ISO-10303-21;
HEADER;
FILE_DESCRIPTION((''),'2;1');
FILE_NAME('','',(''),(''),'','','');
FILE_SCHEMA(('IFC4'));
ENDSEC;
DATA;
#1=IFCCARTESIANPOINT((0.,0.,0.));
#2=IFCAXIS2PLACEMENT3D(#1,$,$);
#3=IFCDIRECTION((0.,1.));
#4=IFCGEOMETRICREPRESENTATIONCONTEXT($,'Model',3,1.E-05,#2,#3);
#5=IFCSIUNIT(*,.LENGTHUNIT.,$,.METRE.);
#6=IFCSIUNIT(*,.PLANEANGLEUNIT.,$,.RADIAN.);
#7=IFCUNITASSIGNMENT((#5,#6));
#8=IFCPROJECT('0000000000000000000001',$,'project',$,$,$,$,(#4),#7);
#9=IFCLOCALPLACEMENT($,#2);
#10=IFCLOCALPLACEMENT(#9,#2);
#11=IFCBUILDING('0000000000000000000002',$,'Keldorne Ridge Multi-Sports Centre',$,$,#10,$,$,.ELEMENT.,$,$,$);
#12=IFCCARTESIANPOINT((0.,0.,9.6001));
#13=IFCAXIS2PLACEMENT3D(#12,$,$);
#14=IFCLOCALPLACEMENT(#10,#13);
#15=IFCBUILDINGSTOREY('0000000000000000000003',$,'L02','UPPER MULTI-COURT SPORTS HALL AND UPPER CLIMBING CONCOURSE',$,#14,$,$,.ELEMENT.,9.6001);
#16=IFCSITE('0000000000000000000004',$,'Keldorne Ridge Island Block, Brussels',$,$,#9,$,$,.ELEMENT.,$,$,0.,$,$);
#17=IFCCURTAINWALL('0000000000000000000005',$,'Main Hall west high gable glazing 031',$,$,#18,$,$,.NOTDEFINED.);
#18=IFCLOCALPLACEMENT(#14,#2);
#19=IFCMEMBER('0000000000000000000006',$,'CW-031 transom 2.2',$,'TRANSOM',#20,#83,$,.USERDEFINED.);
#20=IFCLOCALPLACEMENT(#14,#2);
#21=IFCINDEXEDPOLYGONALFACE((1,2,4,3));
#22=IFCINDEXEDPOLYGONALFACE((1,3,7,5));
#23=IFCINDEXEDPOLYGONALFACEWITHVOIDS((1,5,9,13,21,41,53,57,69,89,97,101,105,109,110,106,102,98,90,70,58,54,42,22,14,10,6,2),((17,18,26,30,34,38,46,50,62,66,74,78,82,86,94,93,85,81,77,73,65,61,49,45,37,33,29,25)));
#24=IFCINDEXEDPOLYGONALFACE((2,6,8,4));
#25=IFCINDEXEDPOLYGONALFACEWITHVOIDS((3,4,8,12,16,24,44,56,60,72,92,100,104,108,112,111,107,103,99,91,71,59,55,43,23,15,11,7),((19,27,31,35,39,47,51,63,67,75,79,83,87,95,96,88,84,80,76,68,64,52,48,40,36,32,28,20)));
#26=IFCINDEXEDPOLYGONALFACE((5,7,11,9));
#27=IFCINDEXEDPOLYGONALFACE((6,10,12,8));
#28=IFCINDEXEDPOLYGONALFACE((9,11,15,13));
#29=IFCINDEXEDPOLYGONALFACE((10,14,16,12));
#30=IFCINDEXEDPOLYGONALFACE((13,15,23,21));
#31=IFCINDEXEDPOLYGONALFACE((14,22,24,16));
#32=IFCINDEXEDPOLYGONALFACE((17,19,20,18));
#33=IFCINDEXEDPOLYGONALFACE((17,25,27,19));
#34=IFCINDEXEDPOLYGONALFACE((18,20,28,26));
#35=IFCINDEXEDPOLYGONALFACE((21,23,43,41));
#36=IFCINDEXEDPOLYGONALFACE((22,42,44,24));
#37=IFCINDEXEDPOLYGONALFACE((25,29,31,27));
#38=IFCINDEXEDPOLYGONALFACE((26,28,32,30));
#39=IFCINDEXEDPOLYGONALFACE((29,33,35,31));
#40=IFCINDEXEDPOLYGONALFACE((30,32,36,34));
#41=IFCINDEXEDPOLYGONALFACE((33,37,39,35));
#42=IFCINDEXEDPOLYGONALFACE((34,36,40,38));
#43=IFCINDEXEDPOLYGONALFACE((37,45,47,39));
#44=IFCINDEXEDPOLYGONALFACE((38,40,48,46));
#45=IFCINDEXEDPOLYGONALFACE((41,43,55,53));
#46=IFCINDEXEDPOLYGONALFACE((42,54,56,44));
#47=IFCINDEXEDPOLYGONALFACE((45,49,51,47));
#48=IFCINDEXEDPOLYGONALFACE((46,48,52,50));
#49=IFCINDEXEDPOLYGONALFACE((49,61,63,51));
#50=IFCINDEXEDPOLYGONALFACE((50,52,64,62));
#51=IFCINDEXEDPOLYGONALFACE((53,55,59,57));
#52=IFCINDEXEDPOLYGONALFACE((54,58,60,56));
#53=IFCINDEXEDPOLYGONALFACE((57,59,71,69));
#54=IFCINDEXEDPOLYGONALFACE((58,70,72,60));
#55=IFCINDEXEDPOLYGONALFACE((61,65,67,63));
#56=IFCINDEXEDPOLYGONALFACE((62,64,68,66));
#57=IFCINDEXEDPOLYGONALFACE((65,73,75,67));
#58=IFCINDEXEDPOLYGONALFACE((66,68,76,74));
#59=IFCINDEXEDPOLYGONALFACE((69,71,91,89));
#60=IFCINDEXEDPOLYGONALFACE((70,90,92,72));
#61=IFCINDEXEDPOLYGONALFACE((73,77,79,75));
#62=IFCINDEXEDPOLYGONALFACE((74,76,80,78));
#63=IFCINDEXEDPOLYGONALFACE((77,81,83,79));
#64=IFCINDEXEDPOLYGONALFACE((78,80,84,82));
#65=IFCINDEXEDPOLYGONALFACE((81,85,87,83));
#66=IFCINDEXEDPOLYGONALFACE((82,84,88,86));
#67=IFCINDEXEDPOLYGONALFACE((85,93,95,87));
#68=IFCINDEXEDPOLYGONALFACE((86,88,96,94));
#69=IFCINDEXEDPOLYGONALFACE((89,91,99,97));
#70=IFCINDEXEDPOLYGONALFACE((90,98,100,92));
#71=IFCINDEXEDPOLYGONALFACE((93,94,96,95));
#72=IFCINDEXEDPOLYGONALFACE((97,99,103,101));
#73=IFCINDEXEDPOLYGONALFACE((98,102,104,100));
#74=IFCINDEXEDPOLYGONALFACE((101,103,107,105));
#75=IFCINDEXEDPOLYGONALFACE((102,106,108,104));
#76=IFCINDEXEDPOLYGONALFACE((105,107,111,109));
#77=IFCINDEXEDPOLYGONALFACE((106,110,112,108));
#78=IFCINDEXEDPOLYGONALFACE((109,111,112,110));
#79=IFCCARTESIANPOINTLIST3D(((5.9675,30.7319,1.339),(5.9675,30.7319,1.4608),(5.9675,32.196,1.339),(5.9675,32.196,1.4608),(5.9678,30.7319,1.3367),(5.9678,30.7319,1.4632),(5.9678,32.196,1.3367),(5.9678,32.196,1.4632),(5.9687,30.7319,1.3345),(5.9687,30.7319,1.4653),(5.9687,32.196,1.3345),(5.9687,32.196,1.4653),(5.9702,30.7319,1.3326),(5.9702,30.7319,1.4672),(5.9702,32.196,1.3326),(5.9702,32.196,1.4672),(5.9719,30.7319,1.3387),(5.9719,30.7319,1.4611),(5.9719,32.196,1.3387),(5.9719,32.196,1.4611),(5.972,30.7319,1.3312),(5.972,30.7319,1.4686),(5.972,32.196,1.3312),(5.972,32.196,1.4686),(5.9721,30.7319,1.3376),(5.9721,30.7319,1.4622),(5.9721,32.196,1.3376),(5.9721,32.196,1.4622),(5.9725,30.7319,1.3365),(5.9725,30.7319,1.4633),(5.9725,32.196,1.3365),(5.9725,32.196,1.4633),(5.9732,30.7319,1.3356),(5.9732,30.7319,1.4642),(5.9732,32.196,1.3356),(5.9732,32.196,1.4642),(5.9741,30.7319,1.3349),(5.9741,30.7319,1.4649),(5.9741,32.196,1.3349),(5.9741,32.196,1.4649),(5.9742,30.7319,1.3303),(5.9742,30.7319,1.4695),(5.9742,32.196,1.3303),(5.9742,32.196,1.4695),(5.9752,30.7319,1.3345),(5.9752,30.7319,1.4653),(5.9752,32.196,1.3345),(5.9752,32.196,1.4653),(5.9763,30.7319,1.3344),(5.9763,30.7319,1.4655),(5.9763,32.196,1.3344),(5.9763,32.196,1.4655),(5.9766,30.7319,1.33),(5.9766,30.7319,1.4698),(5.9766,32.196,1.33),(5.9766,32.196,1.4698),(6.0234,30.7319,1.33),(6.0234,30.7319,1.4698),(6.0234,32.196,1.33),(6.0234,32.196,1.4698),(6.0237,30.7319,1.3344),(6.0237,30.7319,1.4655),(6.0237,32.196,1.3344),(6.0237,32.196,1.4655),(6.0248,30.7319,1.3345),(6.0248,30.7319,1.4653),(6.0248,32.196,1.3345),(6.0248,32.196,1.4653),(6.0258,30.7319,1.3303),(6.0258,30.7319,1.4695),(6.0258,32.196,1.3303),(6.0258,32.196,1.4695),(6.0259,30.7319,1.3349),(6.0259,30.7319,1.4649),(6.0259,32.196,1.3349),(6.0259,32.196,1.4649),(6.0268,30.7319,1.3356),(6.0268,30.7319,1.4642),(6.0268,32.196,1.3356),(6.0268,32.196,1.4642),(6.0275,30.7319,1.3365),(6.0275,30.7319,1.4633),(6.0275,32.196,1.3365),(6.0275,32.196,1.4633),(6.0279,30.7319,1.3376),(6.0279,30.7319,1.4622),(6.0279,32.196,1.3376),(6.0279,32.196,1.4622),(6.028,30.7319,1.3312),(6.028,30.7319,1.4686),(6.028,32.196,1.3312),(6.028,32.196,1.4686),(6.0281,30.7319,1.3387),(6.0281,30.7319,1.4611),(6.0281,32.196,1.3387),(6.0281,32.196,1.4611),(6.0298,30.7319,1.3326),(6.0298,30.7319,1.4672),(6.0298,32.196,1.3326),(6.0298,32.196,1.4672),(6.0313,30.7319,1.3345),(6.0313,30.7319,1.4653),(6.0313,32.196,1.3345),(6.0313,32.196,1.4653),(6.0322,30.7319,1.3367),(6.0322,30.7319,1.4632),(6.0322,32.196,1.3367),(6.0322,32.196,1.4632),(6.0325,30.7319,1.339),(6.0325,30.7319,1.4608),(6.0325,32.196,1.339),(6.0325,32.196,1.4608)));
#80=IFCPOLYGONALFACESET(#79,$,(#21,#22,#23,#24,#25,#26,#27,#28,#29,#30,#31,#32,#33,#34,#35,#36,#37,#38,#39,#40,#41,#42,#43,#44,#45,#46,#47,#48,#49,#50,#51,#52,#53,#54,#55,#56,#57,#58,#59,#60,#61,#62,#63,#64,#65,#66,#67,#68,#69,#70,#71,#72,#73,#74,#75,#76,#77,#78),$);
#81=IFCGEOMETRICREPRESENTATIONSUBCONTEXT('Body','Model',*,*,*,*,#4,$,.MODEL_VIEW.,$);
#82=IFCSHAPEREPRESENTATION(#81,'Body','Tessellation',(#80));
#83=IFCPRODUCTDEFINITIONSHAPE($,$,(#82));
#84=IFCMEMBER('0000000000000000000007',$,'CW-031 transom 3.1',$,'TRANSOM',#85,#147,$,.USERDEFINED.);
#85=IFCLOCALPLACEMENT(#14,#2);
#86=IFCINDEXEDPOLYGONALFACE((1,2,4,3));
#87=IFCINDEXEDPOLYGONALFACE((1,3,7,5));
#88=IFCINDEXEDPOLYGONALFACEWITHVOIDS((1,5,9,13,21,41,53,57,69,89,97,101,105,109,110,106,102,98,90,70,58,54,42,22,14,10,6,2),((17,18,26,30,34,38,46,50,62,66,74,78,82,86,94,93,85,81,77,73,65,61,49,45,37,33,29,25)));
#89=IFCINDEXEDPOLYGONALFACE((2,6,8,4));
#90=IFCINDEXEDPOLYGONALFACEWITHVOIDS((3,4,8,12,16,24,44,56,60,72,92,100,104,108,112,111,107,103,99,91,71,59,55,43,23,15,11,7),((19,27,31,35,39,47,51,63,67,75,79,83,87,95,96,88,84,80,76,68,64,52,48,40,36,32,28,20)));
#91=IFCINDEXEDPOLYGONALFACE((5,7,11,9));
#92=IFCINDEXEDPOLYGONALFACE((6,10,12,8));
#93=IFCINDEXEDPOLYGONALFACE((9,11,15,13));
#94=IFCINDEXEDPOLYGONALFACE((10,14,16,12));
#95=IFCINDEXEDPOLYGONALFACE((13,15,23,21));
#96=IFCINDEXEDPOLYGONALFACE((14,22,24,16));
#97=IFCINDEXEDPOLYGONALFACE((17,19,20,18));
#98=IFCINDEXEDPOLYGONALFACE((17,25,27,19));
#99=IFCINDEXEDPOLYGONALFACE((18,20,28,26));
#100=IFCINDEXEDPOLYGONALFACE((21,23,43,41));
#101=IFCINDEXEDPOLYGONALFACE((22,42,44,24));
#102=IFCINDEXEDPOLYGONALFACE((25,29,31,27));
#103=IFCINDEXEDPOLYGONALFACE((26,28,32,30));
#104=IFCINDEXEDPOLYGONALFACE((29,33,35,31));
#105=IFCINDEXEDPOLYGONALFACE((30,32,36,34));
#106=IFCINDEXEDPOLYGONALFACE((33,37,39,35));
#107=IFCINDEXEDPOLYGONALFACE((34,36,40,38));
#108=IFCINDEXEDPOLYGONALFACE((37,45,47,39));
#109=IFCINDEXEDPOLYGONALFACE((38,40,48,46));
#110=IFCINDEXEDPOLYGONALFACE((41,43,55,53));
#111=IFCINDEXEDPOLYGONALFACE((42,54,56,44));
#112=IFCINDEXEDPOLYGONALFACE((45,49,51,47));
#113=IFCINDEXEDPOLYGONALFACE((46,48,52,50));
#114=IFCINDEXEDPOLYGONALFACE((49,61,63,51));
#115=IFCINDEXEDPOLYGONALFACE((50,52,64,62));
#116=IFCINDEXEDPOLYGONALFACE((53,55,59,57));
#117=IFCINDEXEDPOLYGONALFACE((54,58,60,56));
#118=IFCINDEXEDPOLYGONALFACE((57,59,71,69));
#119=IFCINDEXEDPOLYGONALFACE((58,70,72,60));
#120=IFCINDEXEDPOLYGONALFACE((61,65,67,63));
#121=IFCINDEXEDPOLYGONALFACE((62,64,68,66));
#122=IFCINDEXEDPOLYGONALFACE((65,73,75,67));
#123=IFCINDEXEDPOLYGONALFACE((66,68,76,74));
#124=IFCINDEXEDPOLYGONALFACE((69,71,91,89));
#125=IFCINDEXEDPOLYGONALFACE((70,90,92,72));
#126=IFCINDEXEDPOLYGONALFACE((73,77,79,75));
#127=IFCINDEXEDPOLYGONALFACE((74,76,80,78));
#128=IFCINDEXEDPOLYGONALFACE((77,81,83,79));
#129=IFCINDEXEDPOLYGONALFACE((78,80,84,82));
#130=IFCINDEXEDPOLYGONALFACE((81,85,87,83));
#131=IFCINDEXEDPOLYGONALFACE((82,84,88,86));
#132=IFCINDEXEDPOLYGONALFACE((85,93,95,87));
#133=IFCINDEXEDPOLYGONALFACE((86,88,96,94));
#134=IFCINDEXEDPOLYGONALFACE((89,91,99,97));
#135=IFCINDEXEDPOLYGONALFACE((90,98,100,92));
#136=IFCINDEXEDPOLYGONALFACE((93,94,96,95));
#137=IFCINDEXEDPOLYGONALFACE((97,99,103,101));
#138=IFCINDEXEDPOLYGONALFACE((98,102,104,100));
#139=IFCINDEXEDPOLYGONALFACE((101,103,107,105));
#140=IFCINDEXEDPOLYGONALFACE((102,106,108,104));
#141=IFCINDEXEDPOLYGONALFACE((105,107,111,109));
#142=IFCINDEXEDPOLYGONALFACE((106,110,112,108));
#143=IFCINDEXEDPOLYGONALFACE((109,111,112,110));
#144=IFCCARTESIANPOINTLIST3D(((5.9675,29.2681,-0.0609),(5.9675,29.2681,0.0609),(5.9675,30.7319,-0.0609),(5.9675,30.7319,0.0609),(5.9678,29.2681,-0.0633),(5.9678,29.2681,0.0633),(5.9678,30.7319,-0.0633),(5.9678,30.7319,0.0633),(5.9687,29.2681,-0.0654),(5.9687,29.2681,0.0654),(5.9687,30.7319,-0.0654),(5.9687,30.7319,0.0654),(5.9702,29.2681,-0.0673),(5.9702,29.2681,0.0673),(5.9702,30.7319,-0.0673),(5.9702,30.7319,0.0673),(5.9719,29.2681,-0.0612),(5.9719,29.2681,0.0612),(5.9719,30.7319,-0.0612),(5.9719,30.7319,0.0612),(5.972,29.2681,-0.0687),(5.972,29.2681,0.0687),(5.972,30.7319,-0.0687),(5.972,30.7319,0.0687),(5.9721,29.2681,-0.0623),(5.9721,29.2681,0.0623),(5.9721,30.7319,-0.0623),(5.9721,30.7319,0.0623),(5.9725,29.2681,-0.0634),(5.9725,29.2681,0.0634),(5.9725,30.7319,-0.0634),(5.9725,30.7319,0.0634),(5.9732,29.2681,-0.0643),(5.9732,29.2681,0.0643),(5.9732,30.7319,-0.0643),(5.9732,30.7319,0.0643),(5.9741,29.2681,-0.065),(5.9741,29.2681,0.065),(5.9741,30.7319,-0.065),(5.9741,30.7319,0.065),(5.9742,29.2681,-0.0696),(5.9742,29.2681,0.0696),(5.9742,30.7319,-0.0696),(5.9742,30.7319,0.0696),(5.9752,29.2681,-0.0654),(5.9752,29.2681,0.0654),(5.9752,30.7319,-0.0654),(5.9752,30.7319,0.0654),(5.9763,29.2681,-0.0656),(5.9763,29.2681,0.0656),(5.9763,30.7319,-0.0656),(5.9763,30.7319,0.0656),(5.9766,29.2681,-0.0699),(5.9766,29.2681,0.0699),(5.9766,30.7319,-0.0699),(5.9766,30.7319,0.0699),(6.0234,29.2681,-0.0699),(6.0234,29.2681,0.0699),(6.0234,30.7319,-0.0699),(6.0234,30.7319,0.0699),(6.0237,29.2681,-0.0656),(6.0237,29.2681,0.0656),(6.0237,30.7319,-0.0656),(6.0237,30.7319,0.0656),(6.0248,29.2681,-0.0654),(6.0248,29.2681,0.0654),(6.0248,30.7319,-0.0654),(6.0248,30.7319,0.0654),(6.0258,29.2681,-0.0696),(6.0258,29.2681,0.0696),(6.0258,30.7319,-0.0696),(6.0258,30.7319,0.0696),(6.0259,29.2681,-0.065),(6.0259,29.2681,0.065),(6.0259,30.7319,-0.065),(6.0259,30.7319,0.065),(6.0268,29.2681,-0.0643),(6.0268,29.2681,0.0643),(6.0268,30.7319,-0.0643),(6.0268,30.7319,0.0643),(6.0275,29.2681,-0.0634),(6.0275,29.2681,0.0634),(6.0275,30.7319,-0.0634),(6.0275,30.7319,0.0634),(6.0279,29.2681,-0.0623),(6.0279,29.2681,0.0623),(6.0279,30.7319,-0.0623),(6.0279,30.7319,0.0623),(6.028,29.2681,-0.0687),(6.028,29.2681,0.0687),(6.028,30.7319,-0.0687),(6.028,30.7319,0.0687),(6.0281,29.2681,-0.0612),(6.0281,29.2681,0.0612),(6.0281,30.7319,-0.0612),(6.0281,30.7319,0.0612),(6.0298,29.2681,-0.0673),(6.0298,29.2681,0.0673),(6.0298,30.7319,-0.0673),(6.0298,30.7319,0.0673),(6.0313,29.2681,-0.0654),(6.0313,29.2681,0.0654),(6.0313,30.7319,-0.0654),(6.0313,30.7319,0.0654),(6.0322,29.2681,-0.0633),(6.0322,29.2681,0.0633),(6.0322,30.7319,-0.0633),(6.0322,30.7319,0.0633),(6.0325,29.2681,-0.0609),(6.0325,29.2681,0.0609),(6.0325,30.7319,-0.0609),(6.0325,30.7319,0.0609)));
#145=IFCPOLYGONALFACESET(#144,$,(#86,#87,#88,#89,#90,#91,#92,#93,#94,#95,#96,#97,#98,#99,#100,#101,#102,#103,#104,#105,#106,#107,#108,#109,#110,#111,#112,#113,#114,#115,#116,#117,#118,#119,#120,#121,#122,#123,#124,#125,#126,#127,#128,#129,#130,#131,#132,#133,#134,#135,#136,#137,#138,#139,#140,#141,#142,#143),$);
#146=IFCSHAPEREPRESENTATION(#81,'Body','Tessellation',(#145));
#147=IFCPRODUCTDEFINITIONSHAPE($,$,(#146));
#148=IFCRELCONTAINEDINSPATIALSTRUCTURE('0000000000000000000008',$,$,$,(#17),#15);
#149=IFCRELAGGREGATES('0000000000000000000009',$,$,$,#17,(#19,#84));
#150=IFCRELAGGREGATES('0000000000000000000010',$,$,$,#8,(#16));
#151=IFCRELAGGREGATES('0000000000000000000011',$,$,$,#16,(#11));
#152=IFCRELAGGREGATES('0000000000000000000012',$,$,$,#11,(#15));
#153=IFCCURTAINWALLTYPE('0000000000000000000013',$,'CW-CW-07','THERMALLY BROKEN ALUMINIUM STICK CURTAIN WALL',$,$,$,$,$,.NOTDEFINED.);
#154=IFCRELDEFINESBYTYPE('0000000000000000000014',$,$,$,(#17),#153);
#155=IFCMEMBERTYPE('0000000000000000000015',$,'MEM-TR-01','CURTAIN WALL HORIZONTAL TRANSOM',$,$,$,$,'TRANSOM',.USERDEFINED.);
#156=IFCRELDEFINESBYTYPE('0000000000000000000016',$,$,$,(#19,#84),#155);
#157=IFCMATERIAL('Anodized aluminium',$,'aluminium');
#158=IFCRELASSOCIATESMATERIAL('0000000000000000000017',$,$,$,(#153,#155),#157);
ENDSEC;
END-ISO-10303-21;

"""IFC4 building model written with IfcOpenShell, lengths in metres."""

from ifc_helpers import new_model, si_unit, direction, frame, origin, origin_2d, place, context, subcontext, project, spatial, hollow_rectangle, extrude, material, material_profile, profile_set, type_object, element, aggregate, save


model = new_model("IFC4")

# Units and contexts
model_context = context("Model", 3, precision=1e-05, world=origin(), true_north=direction((0.0, 1.0)))
body_context = subcontext(model_context, "Body", "Model", "MODEL_VIEW")
ifc_project = project(units=[si_unit("LENGTHUNIT", "METRE"), si_unit("PLANEANGLEUNIT", "RADIAN")], contexts=[model_context])

# Site, building, storey
site_placement = place(None, origin())
site = spatial("IfcSite", under=ifc_project, at=site_placement, Name="Keldorne Ridge Island Block, Brussels", CompositionType="ELEMENT", RefElevation=0.0)
building_placement = place(site_placement, origin())
building = spatial("IfcBuilding", under=site, at=building_placement, Name="Keldorne Ridge Multi-Sports Centre", CompositionType="ELEMENT")
storey_placement = place(building_placement, frame((0.0, 0.0, 9.6001)))
storey = spatial("IfcBuildingStorey", under=building, at=storey_placement, Name="L02", Description="UPPER MULTI-COURT SPORTS HALL AND UPPER CLIMBING CONCOURSE", CompositionType="ELEMENT", Elevation=9.6001)

# Curtain wall
ifc_material_1 = material(Name="Anodized aluminium", Category="aluminium")
curtain_wall_type_1 = type_object("IfcCurtainWallType", Name="CW-CW-07", Description="THERMALLY BROKEN ALUMINIUM STICK CURTAIN WALL", PredefinedType="NOTDEFINED", material=ifc_material_1)
curtain_wall_1_placement = place(storey_placement, origin())
curtain_wall_1 = element("IfcCurtainWall", 1, at=curtain_wall_1_placement, inside=storey, type_object=curtain_wall_type_1, Name="Main Hall west high gable glazing 031", PredefinedType="NOTDEFINED")

# Members
ifc_material_profile_1 = material_profile(ifc_material_1, hollow_rectangle(XDim=0.0649, YDim=0.1399, WallThickness=0.0044, InnerFilletRadius=0.0044, OuterFilletRadius=0.009, at=origin_2d()), Name="ALU TRANSOM 140x65x4.5")
ifc_profile_set_1 = profile_set([ifc_material_profile_1], Name="Anodized aluminium")
member_type_1 = type_object("IfcMemberType", Name="MEM-TR-01", Description="CURTAIN WALL HORIZONTAL TRANSOM", ElementType="TRANSOM", PredefinedType="USERDEFINED", material=ifc_profile_set_1)
member_1_placement = place(storey_placement, frame((6.0, 32.196, 1.3999), z_axis=(0.0, -1.0, 0.0), x_axis=(1.0, 0.0, 0.0)))
member_1 = element("IfcMember", 2, at=member_1_placement, type_object=member_type_1, Name="CW-031 transom 2.2", ObjectType="TRANSOM", PredefinedType="USERDEFINED", context=body_context, shape_type="SweptSolid", body=[
    extrude(hollow_rectangle(XDim=0.0649, YDim=0.1399, WallThickness=0.0044, InnerFilletRadius=0.0044, OuterFilletRadius=0.009, at=origin_2d()), origin(), (0.0, 0.0, 1.0), 1.4641),
])
member_2_placement = place(storey_placement, frame((6.0, 30.7319, 0.0), z_axis=(0.0, -1.0, 0.0), x_axis=(1.0, 0.0, 0.0)))
member_2 = element("IfcMember", 3, at=member_2_placement, type_object=member_type_1, Name="CW-031 transom 3.1", ObjectType="TRANSOM", PredefinedType="USERDEFINED", context=body_context, shape_type="SweptSolid", body=[
    extrude(hollow_rectangle(XDim=0.0649, YDim=0.1399, WallThickness=0.0044, InnerFilletRadius=0.0044, OuterFilletRadius=0.009, at=origin_2d()), origin(), (0.0, 0.0, 1.0), 1.4639),
])

aggregate(curtain_wall_1, [member_1, member_2])

save(model, "model.ifc")
